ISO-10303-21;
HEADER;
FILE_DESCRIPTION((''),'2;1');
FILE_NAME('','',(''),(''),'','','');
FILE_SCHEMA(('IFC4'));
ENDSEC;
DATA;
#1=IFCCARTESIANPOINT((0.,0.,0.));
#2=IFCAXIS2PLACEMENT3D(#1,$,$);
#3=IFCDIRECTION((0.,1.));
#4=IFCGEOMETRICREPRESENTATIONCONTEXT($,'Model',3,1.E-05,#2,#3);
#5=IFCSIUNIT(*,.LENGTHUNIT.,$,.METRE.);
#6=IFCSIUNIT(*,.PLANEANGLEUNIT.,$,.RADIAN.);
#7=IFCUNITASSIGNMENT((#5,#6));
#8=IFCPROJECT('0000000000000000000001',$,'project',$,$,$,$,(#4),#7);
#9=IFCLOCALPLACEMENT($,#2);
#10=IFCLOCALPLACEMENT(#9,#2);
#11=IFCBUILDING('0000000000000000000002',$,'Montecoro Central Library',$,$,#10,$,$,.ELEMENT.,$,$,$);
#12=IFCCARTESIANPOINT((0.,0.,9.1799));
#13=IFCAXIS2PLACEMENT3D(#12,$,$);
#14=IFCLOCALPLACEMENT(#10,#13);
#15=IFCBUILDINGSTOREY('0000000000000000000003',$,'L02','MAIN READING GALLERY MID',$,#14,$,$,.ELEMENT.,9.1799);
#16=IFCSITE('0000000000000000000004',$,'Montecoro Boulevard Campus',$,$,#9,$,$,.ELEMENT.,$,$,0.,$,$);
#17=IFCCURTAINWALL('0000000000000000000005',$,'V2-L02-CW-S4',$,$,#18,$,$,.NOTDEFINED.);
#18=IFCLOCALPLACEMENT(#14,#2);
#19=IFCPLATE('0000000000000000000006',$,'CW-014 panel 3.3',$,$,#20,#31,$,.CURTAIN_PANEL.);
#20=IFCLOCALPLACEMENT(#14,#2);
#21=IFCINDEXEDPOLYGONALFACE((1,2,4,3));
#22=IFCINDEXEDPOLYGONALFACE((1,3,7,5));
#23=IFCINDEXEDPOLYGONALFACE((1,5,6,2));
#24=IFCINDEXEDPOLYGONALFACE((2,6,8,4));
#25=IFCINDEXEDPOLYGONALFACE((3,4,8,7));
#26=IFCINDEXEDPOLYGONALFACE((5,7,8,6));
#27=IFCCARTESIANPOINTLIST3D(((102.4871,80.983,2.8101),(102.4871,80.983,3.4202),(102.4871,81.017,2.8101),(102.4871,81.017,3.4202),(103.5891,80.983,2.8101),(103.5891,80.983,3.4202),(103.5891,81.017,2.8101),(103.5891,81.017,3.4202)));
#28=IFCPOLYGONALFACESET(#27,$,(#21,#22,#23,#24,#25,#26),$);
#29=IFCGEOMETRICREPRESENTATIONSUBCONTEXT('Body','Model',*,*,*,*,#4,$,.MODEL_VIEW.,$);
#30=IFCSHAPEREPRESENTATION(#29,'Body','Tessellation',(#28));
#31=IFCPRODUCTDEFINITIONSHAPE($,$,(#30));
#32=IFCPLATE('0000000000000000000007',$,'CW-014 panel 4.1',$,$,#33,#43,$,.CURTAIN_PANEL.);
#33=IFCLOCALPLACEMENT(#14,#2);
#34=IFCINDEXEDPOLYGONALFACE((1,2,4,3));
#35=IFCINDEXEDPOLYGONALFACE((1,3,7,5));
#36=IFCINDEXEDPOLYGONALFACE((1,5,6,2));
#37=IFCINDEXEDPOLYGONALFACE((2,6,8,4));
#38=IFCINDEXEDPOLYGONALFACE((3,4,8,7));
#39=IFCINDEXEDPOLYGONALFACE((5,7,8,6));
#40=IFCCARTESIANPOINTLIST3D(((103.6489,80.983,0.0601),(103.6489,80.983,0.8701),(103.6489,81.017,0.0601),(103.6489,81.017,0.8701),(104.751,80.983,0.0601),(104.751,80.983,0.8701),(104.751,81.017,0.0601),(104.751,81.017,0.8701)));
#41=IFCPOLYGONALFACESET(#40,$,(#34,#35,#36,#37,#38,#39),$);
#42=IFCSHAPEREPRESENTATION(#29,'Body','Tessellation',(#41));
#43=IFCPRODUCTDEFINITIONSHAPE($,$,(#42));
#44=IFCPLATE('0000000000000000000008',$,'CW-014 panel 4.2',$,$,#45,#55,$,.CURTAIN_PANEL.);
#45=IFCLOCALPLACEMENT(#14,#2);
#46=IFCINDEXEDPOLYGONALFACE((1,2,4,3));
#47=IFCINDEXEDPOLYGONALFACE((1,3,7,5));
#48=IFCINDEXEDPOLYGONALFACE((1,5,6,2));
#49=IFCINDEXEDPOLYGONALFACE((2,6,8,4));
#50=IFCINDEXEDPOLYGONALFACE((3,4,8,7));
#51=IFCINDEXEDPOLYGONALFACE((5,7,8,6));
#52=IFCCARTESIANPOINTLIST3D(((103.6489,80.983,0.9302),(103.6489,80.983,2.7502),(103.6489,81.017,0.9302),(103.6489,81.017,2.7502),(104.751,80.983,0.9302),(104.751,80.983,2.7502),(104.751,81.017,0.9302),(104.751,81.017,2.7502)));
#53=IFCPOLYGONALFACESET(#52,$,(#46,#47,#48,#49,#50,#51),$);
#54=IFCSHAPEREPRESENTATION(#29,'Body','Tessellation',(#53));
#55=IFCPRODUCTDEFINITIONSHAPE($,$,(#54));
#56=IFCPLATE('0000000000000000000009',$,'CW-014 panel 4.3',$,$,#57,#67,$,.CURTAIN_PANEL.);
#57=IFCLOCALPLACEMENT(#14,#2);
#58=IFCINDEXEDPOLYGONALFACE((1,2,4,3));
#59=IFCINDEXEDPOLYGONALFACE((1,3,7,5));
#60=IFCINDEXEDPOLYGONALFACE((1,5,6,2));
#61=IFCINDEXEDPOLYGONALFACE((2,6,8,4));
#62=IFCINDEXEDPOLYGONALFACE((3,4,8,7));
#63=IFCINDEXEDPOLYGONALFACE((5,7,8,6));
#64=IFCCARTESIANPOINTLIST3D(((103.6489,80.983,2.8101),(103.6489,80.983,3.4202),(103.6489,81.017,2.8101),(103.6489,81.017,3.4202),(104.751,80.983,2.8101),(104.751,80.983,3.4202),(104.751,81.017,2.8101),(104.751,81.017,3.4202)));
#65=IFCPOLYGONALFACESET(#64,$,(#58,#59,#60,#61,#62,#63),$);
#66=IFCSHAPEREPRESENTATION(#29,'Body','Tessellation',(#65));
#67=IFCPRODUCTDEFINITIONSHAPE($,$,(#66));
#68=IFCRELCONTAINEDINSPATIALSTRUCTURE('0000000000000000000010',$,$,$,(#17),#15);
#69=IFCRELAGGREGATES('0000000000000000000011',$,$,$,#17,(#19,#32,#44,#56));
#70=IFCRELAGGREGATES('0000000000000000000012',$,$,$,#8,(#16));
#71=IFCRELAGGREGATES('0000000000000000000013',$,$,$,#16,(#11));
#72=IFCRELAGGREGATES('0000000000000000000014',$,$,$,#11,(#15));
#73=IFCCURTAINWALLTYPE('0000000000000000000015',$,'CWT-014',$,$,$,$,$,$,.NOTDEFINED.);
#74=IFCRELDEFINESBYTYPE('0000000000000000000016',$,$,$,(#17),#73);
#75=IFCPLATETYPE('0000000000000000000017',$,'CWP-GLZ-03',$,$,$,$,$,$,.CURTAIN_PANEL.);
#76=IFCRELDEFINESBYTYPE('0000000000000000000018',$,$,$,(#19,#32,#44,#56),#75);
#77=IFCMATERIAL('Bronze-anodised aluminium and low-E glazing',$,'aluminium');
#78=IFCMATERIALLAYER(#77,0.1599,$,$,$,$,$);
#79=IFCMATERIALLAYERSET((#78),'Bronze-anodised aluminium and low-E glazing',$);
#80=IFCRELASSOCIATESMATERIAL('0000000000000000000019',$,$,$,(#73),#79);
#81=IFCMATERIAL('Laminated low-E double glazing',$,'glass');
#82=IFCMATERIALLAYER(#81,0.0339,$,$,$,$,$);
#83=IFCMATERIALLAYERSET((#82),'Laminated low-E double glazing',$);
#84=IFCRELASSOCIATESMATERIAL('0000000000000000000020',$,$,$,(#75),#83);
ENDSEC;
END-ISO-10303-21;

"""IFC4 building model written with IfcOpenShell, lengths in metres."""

from ifc_helpers import new_model, si_unit, direction, frame, origin, origin_2d, place, context, subcontext, project, spatial, rectangle, extrude, material, layer, layer_set, type_object, element, aggregate, save


model = new_model("IFC4")

# Units and contexts
model_context = context("Model", 3, precision=1e-05, world=origin(), true_north=direction((0.0, 1.0)))
body_context = subcontext(model_context, "Body", "Model", "MODEL_VIEW")
ifc_project = project(units=[si_unit("LENGTHUNIT", "METRE"), si_unit("PLANEANGLEUNIT", "RADIAN")], contexts=[model_context])

# Site, building, storey
site_placement = place(None, origin())
site = spatial("IfcSite", under=ifc_project, at=site_placement, Name="Montecoro Boulevard Campus", CompositionType="ELEMENT", RefElevation=0.0)
building_placement = place(site_placement, origin())
building = spatial("IfcBuilding", under=site, at=building_placement, Name="Montecoro Central Library", CompositionType="ELEMENT")
storey_placement = place(building_placement, frame((0.0, 0.0, 9.1799)))
storey = spatial("IfcBuildingStorey", under=building, at=storey_placement, Name="L02", Description="MAIN READING GALLERY MID", CompositionType="ELEMENT", Elevation=9.1799)

# Curtain wall, plates
ifc_material_1 = material(Name="Bronze-anodised aluminium and low-E glazing", Category="aluminium")
ifc_layer_1 = layer(ifc_material_1, 0.1599)
ifc_layer_set_1 = layer_set([ifc_layer_1], Name="Bronze-anodised aluminium and low-E glazing")
curtain_wall_type = type_object("IfcCurtainWallType", Name="CWT-014", PredefinedType="NOTDEFINED", material=ifc_layer_set_1)
curtain_wall_placement = place(storey_placement, origin())
curtain_wall = element("IfcCurtainWall", 1, at=curtain_wall_placement, inside=storey, type_object=curtain_wall_type, Name="V2-L02-CW-S4", PredefinedType="NOTDEFINED")
ifc_material_2 = material(Name="Laminated low-E double glazing", Category="glass")
ifc_layer_2 = layer(ifc_material_2, 0.0339)
ifc_layer_set_2 = layer_set([ifc_layer_2], Name="Laminated low-E double glazing")
plate_type = type_object("IfcPlateType", Name="CWP-GLZ-03", PredefinedType="CURTAIN_PANEL", material=ifc_layer_set_2)
plate_1_placement = place(storey_placement, frame((103.0381, 81.0, 2.8101), z_axis=(0.0, 0.0, 1.0), x_axis=(1.0, 0.0, 0.0)))
plate_1 = element("IfcPlate", 2, at=plate_1_placement, type_object=plate_type, Name="CW-014 panel 3.3", PredefinedType="CURTAIN_PANEL", context=body_context, shape_type="SweptSolid", body=[
    extrude(rectangle(XDim=1.1021, YDim=0.0339, at=origin_2d()), origin(), (0.0, 0.0, 1.0), 0.6101),
])
plate_2_placement = place(storey_placement, frame((104.2, 81.0, 0.0601), z_axis=(0.0, 0.0, 1.0), x_axis=(1.0, 0.0, 0.0)))
plate_2 = element("IfcPlate", 3, at=plate_2_placement, type_object=plate_type, Name="CW-014 panel 4.1", PredefinedType="CURTAIN_PANEL", context=body_context, shape_type="SweptSolid", body=[
    extrude(rectangle(XDim=1.1021, YDim=0.0339, at=origin_2d()), origin(), (0.0, 0.0, 1.0), 0.8101),
])
plate_3_placement = place(storey_placement, frame((104.2, 81.0, 0.9302), z_axis=(0.0, 0.0, 1.0), x_axis=(1.0, 0.0, 0.0)))
plate_3 = element("IfcPlate", 4, at=plate_3_placement, type_object=plate_type, Name="CW-014 panel 4.2", PredefinedType="CURTAIN_PANEL", context=body_context, shape_type="SweptSolid", body=[
    extrude(rectangle(XDim=1.1021, YDim=0.0339, at=origin_2d()), origin(), (0.0, 0.0, 1.0), 1.8201),
])
plate_4_placement = place(storey_placement, frame((104.2, 81.0, 2.8101), z_axis=(0.0, 0.0, 1.0), x_axis=(1.0, 0.0, 0.0)))
plate_4 = element("IfcPlate", 5, at=plate_4_placement, type_object=plate_type, Name="CW-014 panel 4.3", PredefinedType="CURTAIN_PANEL", context=body_context, shape_type="SweptSolid", body=[
    extrude(rectangle(XDim=1.1021, YDim=0.0339, at=origin_2d()), origin(), (0.0, 0.0, 1.0), 0.6101),
])
aggregate(curtain_wall, [plate_1, plate_2, plate_3, plate_4])

save(model, "model.ifc")
